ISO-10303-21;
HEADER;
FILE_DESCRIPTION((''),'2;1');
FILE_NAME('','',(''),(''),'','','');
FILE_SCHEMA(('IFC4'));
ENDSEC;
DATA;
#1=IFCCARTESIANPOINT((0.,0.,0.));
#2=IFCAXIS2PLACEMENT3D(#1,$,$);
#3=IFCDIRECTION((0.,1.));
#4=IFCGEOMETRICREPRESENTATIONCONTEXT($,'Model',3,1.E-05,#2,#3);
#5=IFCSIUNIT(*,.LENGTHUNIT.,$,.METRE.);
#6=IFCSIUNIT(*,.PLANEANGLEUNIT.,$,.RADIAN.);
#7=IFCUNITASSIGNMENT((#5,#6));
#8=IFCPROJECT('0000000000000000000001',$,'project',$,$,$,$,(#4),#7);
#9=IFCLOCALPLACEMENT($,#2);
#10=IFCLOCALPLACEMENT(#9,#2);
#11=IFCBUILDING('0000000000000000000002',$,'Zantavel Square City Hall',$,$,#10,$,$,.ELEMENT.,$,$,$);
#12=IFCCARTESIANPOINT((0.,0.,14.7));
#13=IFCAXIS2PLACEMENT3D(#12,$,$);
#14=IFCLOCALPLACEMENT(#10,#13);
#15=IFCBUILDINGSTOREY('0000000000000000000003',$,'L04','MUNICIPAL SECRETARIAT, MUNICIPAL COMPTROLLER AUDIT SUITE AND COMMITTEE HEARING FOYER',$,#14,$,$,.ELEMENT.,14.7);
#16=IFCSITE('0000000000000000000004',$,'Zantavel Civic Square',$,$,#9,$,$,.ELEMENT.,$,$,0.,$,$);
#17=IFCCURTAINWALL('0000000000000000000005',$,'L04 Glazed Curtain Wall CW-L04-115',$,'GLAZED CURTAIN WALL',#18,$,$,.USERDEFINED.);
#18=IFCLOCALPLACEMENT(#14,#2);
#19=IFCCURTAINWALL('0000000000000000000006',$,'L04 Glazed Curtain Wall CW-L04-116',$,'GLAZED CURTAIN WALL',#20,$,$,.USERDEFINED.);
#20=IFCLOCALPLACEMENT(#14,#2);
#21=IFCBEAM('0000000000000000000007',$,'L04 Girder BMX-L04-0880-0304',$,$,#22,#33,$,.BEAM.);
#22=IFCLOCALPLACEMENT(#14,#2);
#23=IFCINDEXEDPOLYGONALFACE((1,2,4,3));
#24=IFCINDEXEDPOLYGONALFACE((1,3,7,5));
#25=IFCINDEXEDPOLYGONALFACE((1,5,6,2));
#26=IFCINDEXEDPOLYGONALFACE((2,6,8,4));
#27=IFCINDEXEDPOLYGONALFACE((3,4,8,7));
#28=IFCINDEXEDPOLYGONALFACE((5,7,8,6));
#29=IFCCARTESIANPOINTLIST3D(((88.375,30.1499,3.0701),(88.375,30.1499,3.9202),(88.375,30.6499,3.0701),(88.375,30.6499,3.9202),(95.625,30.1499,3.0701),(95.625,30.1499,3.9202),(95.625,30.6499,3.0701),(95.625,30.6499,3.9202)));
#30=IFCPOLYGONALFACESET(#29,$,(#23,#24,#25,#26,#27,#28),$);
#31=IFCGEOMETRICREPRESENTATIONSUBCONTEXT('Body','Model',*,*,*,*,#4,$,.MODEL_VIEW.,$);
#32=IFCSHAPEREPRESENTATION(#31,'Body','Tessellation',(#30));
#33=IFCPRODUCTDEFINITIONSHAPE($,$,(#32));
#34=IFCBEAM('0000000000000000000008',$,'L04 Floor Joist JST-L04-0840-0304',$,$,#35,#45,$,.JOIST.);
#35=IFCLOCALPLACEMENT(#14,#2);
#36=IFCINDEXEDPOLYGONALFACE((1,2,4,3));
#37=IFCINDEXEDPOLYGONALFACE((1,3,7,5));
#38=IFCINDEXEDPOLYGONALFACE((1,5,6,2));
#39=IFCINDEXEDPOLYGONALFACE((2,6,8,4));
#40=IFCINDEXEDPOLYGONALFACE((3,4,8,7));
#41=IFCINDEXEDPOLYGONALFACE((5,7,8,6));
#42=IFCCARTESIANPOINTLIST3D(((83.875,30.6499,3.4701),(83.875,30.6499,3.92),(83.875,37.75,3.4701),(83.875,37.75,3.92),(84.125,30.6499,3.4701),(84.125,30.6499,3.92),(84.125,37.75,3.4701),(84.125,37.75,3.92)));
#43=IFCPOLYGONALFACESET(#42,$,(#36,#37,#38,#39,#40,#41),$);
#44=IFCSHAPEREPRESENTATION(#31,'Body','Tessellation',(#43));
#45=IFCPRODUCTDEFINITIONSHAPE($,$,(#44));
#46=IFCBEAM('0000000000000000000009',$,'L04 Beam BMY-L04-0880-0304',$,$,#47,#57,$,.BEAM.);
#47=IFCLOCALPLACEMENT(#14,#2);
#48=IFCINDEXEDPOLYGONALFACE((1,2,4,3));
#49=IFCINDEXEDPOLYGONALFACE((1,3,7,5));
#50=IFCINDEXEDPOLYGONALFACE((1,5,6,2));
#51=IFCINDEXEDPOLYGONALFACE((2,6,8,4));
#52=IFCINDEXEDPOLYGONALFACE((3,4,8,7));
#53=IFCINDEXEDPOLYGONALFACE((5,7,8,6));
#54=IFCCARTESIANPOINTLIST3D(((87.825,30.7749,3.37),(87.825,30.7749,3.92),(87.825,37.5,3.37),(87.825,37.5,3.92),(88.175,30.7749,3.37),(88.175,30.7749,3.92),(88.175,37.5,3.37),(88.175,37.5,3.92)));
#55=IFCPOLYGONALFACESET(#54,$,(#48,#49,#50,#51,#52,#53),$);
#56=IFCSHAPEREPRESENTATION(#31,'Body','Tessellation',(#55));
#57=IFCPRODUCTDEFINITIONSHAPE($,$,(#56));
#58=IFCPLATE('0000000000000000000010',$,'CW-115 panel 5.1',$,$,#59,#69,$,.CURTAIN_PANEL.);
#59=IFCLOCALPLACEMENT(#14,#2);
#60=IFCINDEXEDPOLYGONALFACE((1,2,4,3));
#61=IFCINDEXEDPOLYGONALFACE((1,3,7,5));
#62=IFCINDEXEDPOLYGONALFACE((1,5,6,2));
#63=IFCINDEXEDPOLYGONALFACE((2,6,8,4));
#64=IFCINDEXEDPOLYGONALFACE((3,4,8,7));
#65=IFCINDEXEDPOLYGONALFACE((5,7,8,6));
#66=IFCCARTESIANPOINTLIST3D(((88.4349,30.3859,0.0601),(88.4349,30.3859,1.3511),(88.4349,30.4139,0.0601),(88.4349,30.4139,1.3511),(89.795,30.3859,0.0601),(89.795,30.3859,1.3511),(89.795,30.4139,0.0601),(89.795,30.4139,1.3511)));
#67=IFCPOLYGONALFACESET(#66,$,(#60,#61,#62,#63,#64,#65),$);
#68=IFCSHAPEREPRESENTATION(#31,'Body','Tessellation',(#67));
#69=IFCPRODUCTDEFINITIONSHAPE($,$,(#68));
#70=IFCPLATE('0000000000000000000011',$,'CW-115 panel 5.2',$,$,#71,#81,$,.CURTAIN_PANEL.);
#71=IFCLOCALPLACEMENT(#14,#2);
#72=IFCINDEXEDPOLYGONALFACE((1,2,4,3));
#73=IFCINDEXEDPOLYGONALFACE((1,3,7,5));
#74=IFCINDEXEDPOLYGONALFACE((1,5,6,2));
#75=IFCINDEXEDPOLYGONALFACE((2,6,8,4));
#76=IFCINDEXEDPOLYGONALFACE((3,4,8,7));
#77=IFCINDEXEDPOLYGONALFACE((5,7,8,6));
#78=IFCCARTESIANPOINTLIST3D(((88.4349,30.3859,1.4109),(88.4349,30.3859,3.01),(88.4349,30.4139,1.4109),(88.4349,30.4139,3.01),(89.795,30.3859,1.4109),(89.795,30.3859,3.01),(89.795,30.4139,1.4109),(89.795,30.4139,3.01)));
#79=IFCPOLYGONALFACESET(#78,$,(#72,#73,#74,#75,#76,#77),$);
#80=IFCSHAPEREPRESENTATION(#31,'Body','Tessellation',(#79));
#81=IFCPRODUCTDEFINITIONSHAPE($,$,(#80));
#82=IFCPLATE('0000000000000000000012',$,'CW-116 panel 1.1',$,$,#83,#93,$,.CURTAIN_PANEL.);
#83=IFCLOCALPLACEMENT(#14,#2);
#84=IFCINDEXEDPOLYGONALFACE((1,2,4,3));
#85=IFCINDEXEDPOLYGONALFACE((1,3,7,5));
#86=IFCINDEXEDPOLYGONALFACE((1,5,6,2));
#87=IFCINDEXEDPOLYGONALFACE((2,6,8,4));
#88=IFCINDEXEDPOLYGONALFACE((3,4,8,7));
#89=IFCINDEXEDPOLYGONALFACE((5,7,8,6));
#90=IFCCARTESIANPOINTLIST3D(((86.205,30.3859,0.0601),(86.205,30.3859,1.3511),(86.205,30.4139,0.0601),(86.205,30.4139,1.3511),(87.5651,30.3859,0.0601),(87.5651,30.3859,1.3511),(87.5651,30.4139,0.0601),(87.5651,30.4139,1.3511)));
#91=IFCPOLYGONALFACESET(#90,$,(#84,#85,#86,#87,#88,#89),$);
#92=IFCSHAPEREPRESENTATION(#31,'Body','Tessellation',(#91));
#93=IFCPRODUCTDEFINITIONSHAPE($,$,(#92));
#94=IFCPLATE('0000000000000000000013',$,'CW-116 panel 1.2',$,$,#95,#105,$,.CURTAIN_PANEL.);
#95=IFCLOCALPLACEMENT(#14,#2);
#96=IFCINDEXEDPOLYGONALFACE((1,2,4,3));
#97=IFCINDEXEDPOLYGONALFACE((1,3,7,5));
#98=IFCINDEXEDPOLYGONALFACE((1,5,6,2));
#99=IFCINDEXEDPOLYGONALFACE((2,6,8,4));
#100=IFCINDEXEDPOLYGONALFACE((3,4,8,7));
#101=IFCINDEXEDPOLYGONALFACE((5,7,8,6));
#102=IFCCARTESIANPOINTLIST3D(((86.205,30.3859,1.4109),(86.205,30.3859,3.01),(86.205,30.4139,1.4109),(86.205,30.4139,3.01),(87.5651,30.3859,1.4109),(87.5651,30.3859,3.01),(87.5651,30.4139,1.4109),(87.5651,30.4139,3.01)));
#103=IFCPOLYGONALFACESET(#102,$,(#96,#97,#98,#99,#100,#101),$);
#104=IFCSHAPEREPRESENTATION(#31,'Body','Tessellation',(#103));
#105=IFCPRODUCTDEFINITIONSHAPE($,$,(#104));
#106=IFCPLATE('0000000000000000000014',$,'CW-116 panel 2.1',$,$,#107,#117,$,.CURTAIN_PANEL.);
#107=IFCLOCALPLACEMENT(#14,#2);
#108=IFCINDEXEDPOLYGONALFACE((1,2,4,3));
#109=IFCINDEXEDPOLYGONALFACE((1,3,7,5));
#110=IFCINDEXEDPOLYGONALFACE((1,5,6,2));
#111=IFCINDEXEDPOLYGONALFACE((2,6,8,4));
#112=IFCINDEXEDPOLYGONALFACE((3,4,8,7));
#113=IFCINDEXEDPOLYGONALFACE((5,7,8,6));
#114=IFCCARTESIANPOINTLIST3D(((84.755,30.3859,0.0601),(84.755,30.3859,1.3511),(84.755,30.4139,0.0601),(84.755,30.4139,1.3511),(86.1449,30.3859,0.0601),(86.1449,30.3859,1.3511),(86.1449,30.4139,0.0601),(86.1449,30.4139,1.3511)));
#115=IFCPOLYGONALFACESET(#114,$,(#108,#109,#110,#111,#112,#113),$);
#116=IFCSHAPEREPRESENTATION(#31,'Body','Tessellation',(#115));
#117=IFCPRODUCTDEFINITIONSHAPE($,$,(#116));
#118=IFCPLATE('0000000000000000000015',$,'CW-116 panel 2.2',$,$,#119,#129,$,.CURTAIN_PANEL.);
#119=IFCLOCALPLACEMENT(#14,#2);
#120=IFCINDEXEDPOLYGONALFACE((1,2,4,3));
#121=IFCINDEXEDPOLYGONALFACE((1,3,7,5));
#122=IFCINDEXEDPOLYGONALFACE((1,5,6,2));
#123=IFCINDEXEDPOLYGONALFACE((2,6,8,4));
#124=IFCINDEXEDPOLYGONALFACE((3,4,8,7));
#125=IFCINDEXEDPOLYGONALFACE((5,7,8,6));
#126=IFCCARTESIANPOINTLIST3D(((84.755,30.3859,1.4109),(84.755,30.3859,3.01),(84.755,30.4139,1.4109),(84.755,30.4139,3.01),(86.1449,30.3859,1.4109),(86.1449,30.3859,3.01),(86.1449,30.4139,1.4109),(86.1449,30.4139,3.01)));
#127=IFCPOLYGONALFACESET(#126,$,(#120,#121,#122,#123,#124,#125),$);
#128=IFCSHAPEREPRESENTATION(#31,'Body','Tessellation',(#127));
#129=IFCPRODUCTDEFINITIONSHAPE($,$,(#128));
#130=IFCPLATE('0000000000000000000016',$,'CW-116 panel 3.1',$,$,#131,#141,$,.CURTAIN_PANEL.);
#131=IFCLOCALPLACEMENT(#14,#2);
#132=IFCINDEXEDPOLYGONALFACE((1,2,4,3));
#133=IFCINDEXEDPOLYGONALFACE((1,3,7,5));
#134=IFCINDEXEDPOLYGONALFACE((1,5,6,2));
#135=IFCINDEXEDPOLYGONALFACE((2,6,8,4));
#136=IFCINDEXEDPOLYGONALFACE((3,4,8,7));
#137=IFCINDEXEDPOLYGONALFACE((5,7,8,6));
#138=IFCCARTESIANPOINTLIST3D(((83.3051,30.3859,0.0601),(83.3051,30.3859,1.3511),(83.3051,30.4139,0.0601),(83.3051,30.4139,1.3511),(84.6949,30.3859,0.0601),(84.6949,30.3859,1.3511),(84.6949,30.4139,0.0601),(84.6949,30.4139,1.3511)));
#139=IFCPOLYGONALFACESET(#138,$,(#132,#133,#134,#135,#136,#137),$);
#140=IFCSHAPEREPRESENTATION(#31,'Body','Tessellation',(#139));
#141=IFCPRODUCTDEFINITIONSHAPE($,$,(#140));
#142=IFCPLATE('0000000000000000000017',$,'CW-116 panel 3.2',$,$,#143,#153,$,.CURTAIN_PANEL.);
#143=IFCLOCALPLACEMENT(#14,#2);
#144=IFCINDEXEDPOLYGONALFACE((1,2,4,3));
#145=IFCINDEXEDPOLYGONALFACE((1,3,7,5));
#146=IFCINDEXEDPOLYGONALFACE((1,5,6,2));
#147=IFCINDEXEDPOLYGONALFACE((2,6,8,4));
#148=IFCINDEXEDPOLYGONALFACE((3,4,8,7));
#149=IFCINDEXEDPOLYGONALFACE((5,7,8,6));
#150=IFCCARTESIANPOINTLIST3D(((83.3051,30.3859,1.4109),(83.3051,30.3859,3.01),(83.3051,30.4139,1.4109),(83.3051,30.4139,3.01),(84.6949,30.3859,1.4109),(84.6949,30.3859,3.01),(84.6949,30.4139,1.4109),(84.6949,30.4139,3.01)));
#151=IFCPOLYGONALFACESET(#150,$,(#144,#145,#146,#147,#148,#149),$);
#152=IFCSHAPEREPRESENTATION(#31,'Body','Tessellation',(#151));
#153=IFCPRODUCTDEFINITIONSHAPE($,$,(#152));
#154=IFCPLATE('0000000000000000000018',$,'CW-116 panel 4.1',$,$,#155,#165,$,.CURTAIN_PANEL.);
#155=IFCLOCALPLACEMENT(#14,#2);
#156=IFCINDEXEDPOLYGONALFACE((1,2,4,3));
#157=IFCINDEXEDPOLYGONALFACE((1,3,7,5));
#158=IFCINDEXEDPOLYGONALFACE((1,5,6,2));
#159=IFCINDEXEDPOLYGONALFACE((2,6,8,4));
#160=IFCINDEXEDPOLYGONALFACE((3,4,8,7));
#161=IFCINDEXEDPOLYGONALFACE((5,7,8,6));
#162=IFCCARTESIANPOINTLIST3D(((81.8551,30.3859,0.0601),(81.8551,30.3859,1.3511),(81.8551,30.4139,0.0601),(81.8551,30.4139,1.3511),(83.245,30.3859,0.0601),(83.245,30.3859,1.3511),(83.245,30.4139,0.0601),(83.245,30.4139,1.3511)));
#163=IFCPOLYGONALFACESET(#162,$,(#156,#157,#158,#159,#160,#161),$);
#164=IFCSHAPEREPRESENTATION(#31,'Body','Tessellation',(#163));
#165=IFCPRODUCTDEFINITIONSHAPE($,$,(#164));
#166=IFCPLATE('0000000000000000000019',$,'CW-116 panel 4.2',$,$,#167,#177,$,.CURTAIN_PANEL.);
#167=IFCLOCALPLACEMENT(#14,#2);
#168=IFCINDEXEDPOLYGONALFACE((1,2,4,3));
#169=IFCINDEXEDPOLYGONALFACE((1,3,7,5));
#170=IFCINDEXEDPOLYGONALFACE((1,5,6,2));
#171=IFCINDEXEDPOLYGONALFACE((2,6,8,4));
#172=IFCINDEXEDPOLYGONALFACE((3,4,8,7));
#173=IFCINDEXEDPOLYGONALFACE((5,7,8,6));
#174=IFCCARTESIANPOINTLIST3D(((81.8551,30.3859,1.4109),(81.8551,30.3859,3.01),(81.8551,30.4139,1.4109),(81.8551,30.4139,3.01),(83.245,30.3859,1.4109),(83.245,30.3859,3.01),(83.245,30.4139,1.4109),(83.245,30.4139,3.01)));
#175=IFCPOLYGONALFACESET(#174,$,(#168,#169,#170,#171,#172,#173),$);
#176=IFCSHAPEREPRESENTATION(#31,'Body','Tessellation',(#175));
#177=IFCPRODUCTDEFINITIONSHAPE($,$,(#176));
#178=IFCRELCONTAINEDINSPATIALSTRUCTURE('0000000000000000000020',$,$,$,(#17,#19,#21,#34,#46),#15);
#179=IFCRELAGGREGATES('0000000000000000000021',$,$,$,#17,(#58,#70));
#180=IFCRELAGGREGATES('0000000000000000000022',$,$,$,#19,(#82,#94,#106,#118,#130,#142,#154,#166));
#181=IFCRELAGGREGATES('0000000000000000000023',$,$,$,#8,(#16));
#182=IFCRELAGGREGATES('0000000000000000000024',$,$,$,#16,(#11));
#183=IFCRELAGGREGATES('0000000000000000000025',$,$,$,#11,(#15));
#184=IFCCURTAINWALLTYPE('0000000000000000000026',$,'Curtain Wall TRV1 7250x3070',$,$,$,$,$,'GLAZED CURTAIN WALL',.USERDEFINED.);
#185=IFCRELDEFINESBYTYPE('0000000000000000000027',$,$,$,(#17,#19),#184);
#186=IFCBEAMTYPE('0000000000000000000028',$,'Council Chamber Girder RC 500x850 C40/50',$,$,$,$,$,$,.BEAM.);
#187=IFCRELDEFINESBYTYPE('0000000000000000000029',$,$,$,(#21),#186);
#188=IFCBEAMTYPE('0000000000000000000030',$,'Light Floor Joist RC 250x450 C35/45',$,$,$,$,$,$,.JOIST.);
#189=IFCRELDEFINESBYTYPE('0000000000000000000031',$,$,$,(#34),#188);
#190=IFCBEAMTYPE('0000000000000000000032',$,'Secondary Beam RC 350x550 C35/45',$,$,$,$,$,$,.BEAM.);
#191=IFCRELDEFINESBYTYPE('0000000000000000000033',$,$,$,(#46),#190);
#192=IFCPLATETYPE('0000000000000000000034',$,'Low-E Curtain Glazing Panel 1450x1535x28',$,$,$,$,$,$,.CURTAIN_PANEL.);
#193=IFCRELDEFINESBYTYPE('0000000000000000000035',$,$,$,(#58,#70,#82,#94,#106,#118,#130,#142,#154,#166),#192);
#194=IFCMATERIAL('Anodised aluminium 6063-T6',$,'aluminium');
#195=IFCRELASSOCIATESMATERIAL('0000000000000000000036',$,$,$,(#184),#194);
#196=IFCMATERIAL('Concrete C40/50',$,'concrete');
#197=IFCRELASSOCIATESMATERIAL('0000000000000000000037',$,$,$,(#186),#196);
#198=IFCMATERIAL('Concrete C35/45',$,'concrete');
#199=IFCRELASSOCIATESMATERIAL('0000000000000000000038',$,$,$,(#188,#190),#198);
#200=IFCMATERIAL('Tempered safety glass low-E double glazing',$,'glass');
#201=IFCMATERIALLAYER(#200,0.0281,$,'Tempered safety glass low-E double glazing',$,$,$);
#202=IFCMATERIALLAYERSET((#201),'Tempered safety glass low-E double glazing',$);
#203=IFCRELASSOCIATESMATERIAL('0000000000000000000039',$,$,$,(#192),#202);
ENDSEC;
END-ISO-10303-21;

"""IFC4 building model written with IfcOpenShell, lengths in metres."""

from ifc_helpers import new_model, si_unit, direction, frame, origin, origin_2d, place, context, subcontext, project, spatial, rectangle, extrude, material, layer, layer_set, material_profile, profile_set, type_object, element, aggregate, save


model = new_model("IFC4")

# Units and contexts
model_context = context("Model", 3, precision=1e-05, world=origin(), true_north=direction((0.0, 1.0)))
body_context = subcontext(model_context, "Body", "Model", "MODEL_VIEW")
ifc_project = project(units=[si_unit("LENGTHUNIT", "METRE"), si_unit("PLANEANGLEUNIT", "RADIAN")], contexts=[model_context])

# Site, building, storey
site_placement = place(None, origin())
site = spatial("IfcSite", under=ifc_project, at=site_placement, Name="Zantavel Civic Square", CompositionType="ELEMENT", RefElevation=0.0)
building_placement = place(site_placement, origin())
building = spatial("IfcBuilding", under=site, at=building_placement, Name="Zantavel Square City Hall", CompositionType="ELEMENT")
storey_placement = place(building_placement, frame((0.0, 0.0, 14.7)))
storey = spatial("IfcBuildingStorey", under=building, at=storey_placement, Name="L04", Description="MUNICIPAL SECRETARIAT, MUNICIPAL COMPTROLLER AUDIT SUITE AND COMMITTEE HEARING FOYER", CompositionType="ELEMENT", Elevation=14.7)

# Shared definitions
ifc_material_1 = material(Name="Concrete C40/50", Category="concrete")

# Curtain wall
ifc_material_2 = material(Name="Anodised aluminium 6063-T6", Category="aluminium")
curtain_wall_type = type_object("IfcCurtainWallType", Name="Curtain Wall TRV1 7250x3070", ElementType="GLAZED CURTAIN WALL", PredefinedType="USERDEFINED", material=ifc_material_2)
curtain_wall_1_placement = place(storey_placement, origin())
curtain_wall_1 = element("IfcCurtainWall", 1, at=curtain_wall_1_placement, inside=storey, type_object=curtain_wall_type, Name="L04 Glazed Curtain Wall CW-L04-115", ObjectType="GLAZED CURTAIN WALL", PredefinedType="USERDEFINED")

# Curtain wall
curtain_wall_2_placement = place(storey_placement, origin())
curtain_wall_2 = element("IfcCurtainWall", 2, at=curtain_wall_2_placement, inside=storey, type_object=curtain_wall_type, Name="L04 Glazed Curtain Wall CW-L04-116", ObjectType="GLAZED CURTAIN WALL", PredefinedType="USERDEFINED")

# Beams
ifc_material_profile_1 = material_profile(ifc_material_1, rectangle(XDim=0.5, YDim=0.8501, at=origin_2d()), Name="RC 500x850")
ifc_profile_set_1 = profile_set([ifc_material_profile_1], Name="Concrete C40/50")
beam_type_1 = type_object("IfcBeamType", Name="Council Chamber Girder RC 500x850 C40/50", PredefinedType="BEAM", material=ifc_profile_set_1)
beam_1_placement = place(storey_placement, frame((88.375, 30.3999, 3.4951), z_axis=(1.0, 0.0, 0.0), x_axis=(0.0, 1.0, 0.0)))
element("IfcBeam", 3, at=beam_1_placement, inside=storey, type_object=beam_type_1, Name="L04 Girder BMX-L04-0880-0304", PredefinedType="BEAM", context=body_context, shape_type="SweptSolid", body=[
    extrude(rectangle(XDim=0.5, YDim=0.8501, at=origin_2d()), origin(), (0.0, 0.0, 1.0), 7.25),
])
ifc_material_3 = material(Name="Concrete C35/45", Category="concrete")
ifc_material_profile_2 = material_profile(ifc_material_3, rectangle(XDim=0.25, YDim=0.45, at=origin_2d()), Name="RC 250x450")
ifc_profile_set_2 = profile_set([ifc_material_profile_2], Name="Concrete C35/45")
beam_type_2 = type_object("IfcBeamType", Name="Light Floor Joist RC 250x450 C35/45", PredefinedType="JOIST", material=ifc_profile_set_2)
beam_2_placement = place(storey_placement, frame((84.0, 30.6499, 3.6951), z_axis=(0.0, 1.0, 0.0), x_axis=(-1.0, 0.0, 0.0)))
element("IfcBeam", 4, at=beam_2_placement, inside=storey, type_object=beam_type_2, Name="L04 Floor Joist JST-L04-0840-0304", PredefinedType="JOIST", context=body_context, shape_type="SweptSolid", body=[
    extrude(rectangle(XDim=0.25, YDim=0.45, at=origin_2d()), origin(), (0.0, 0.0, 1.0), 7.1001),
])
ifc_material_profile_3 = material_profile(ifc_material_3, rectangle(XDim=0.3501, YDim=0.55, at=origin_2d()), Name="RC 350x550")
ifc_profile_set_3 = profile_set([ifc_material_profile_3], Name="Concrete C35/45")
beam_type_3 = type_object("IfcBeamType", Name="Secondary Beam RC 350x550 C35/45", PredefinedType="BEAM", material=ifc_profile_set_3)
beam_3_placement = place(storey_placement, frame((88.0, 30.7749, 3.645), z_axis=(0.0, 1.0, 0.0), x_axis=(-1.0, 0.0, 0.0)))
element("IfcBeam", 5, at=beam_3_placement, inside=storey, type_object=beam_type_3, Name="L04 Beam BMY-L04-0880-0304", PredefinedType="BEAM", context=body_context, shape_type="SweptSolid", body=[
    extrude(rectangle(XDim=0.3501, YDim=0.55, at=origin_2d()), origin(), (0.0, 0.0, 1.0), 6.7251),
])

# Plates
ifc_material_4 = material(Name="Tempered safety glass low-E double glazing", Category="glass")
ifc_layer = layer(ifc_material_4, 0.0281, Name="Tempered safety glass low-E double glazing")
ifc_layer_set = layer_set([ifc_layer], Name="Tempered safety glass low-E double glazing")
plate_type = type_object("IfcPlateType", Name="Low-E Curtain Glazing Panel 1450x1535x28", PredefinedType="CURTAIN_PANEL", material=ifc_layer_set)
plate_1_placement = place(storey_placement, frame((89.115, 30.3999, 0.0601), z_axis=(0.0, 0.0, 1.0), x_axis=(-1.0, 0.0, 0.0)))
plate_1 = element("IfcPlate", 6, at=plate_1_placement, type_object=plate_type, Name="CW-115 panel 5.1", PredefinedType="CURTAIN_PANEL", context=body_context, shape_type="SweptSolid", body=[
    extrude(rectangle(XDim=1.3601, YDim=0.0281, at=origin_2d()), origin(), (0.0, 0.0, 1.0), 1.291),
])
plate_2_placement = place(storey_placement, frame((89.115, 30.3999, 1.4109), z_axis=(0.0, 0.0, 1.0), x_axis=(-1.0, 0.0, 0.0)))
plate_2 = element("IfcPlate", 7, at=plate_2_placement, type_object=plate_type, Name="CW-115 panel 5.2", PredefinedType="CURTAIN_PANEL", context=body_context, shape_type="SweptSolid", body=[
    extrude(rectangle(XDim=1.3601, YDim=0.0281, at=origin_2d()), origin(), (0.0, 0.0, 1.0), 1.5991),
])
aggregate(curtain_wall_1, [plate_1, plate_2])
plate_3_placement = place(storey_placement, frame((86.885, 30.3999, 0.0601), z_axis=(0.0, 0.0, 1.0), x_axis=(-1.0, 0.0, 0.0)))
plate_3 = element("IfcPlate", 8, at=plate_3_placement, type_object=plate_type, Name="CW-116 panel 1.1", PredefinedType="CURTAIN_PANEL", context=body_context, shape_type="SweptSolid", body=[
    extrude(rectangle(XDim=1.3601, YDim=0.0281, at=origin_2d()), origin(), (0.0, 0.0, 1.0), 1.291),
])
plate_4_placement = place(storey_placement, frame((86.885, 30.3999, 1.4109), z_axis=(0.0, 0.0, 1.0), x_axis=(-1.0, 0.0, 0.0)))
plate_4 = element("IfcPlate", 9, at=plate_4_placement, type_object=plate_type, Name="CW-116 panel 1.2", PredefinedType="CURTAIN_PANEL", context=body_context, shape_type="SweptSolid", body=[
    extrude(rectangle(XDim=1.3601, YDim=0.0281, at=origin_2d()), origin(), (0.0, 0.0, 1.0), 1.5991),
])
plate_5_placement = place(storey_placement, frame((85.45, 30.3999, 0.0601), z_axis=(0.0, 0.0, 1.0), x_axis=(-1.0, 0.0, 0.0)))
plate_5 = element("IfcPlate", 10, at=plate_5_placement, type_object=plate_type, Name="CW-116 panel 2.1", PredefinedType="CURTAIN_PANEL", context=body_context, shape_type="SweptSolid", body=[
    extrude(rectangle(XDim=1.3899, YDim=0.0281, at=origin_2d()), origin(), (0.0, 0.0, 1.0), 1.291),
])
plate_6_placement = place(storey_placement, frame((85.45, 30.3999, 1.4109), z_axis=(0.0, 0.0, 1.0), x_axis=(-1.0, 0.0, 0.0)))
plate_6 = element("IfcPlate", 11, at=plate_6_placement, type_object=plate_type, Name="CW-116 panel 2.2", PredefinedType="CURTAIN_PANEL", context=body_context, shape_type="SweptSolid", body=[
    extrude(rectangle(XDim=1.3899, YDim=0.0281, at=origin_2d()), origin(), (0.0, 0.0, 1.0), 1.5991),
])
plate_7_placement = place(storey_placement, frame((84.0, 30.3999, 0.0601), z_axis=(0.0, 0.0, 1.0), x_axis=(-1.0, 0.0, 0.0)))
plate_7 = element("IfcPlate", 12, at=plate_7_placement, type_object=plate_type, Name="CW-116 panel 3.1", PredefinedType="CURTAIN_PANEL", context=body_context, shape_type="SweptSolid", body=[
    extrude(rectangle(XDim=1.3899, YDim=0.0281, at=origin_2d()), origin(), (0.0, 0.0, 1.0), 1.291),
])
plate_8_placement = place(storey_placement, frame((84.0, 30.3999, 1.4109), z_axis=(0.0, 0.0, 1.0), x_axis=(-1.0, 0.0, 0.0)))
plate_8 = element("IfcPlate", 13, at=plate_8_placement, type_object=plate_type, Name="CW-116 panel 3.2", PredefinedType="CURTAIN_PANEL", context=body_context, shape_type="SweptSolid", body=[
    extrude(rectangle(XDim=1.3899, YDim=0.0281, at=origin_2d()), origin(), (0.0, 0.0, 1.0), 1.5991),
])
plate_9_placement = place(storey_placement, frame((82.55, 30.3999, 0.0601), z_axis=(0.0, 0.0, 1.0), x_axis=(-1.0, 0.0, 0.0)))
plate_9 = element("IfcPlate", 14, at=plate_9_placement, type_object=plate_type, Name="CW-116 panel 4.1", PredefinedType="CURTAIN_PANEL", context=body_context, shape_type="SweptSolid", body=[
    extrude(rectangle(XDim=1.3899, YDim=0.0281, at=origin_2d()), origin(), (0.0, 0.0, 1.0), 1.291),
])
plate_10_placement = place(storey_placement, frame((82.55, 30.3999, 1.4109), z_axis=(0.0, 0.0, 1.0), x_axis=(-1.0, 0.0, 0.0)))
plate_10 = element("IfcPlate", 15, at=plate_10_placement, type_object=plate_type, Name="CW-116 panel 4.2", PredefinedType="CURTAIN_PANEL", context=body_context, shape_type="SweptSolid", body=[
    extrude(rectangle(XDim=1.3899, YDim=0.0281, at=origin_2d()), origin(), (0.0, 0.0, 1.0), 1.5991),
])
aggregate(curtain_wall_2, [plate_3, plate_4, plate_5, plate_6, plate_7, plate_8, plate_9, plate_10])

save(model, "model.ifc")
